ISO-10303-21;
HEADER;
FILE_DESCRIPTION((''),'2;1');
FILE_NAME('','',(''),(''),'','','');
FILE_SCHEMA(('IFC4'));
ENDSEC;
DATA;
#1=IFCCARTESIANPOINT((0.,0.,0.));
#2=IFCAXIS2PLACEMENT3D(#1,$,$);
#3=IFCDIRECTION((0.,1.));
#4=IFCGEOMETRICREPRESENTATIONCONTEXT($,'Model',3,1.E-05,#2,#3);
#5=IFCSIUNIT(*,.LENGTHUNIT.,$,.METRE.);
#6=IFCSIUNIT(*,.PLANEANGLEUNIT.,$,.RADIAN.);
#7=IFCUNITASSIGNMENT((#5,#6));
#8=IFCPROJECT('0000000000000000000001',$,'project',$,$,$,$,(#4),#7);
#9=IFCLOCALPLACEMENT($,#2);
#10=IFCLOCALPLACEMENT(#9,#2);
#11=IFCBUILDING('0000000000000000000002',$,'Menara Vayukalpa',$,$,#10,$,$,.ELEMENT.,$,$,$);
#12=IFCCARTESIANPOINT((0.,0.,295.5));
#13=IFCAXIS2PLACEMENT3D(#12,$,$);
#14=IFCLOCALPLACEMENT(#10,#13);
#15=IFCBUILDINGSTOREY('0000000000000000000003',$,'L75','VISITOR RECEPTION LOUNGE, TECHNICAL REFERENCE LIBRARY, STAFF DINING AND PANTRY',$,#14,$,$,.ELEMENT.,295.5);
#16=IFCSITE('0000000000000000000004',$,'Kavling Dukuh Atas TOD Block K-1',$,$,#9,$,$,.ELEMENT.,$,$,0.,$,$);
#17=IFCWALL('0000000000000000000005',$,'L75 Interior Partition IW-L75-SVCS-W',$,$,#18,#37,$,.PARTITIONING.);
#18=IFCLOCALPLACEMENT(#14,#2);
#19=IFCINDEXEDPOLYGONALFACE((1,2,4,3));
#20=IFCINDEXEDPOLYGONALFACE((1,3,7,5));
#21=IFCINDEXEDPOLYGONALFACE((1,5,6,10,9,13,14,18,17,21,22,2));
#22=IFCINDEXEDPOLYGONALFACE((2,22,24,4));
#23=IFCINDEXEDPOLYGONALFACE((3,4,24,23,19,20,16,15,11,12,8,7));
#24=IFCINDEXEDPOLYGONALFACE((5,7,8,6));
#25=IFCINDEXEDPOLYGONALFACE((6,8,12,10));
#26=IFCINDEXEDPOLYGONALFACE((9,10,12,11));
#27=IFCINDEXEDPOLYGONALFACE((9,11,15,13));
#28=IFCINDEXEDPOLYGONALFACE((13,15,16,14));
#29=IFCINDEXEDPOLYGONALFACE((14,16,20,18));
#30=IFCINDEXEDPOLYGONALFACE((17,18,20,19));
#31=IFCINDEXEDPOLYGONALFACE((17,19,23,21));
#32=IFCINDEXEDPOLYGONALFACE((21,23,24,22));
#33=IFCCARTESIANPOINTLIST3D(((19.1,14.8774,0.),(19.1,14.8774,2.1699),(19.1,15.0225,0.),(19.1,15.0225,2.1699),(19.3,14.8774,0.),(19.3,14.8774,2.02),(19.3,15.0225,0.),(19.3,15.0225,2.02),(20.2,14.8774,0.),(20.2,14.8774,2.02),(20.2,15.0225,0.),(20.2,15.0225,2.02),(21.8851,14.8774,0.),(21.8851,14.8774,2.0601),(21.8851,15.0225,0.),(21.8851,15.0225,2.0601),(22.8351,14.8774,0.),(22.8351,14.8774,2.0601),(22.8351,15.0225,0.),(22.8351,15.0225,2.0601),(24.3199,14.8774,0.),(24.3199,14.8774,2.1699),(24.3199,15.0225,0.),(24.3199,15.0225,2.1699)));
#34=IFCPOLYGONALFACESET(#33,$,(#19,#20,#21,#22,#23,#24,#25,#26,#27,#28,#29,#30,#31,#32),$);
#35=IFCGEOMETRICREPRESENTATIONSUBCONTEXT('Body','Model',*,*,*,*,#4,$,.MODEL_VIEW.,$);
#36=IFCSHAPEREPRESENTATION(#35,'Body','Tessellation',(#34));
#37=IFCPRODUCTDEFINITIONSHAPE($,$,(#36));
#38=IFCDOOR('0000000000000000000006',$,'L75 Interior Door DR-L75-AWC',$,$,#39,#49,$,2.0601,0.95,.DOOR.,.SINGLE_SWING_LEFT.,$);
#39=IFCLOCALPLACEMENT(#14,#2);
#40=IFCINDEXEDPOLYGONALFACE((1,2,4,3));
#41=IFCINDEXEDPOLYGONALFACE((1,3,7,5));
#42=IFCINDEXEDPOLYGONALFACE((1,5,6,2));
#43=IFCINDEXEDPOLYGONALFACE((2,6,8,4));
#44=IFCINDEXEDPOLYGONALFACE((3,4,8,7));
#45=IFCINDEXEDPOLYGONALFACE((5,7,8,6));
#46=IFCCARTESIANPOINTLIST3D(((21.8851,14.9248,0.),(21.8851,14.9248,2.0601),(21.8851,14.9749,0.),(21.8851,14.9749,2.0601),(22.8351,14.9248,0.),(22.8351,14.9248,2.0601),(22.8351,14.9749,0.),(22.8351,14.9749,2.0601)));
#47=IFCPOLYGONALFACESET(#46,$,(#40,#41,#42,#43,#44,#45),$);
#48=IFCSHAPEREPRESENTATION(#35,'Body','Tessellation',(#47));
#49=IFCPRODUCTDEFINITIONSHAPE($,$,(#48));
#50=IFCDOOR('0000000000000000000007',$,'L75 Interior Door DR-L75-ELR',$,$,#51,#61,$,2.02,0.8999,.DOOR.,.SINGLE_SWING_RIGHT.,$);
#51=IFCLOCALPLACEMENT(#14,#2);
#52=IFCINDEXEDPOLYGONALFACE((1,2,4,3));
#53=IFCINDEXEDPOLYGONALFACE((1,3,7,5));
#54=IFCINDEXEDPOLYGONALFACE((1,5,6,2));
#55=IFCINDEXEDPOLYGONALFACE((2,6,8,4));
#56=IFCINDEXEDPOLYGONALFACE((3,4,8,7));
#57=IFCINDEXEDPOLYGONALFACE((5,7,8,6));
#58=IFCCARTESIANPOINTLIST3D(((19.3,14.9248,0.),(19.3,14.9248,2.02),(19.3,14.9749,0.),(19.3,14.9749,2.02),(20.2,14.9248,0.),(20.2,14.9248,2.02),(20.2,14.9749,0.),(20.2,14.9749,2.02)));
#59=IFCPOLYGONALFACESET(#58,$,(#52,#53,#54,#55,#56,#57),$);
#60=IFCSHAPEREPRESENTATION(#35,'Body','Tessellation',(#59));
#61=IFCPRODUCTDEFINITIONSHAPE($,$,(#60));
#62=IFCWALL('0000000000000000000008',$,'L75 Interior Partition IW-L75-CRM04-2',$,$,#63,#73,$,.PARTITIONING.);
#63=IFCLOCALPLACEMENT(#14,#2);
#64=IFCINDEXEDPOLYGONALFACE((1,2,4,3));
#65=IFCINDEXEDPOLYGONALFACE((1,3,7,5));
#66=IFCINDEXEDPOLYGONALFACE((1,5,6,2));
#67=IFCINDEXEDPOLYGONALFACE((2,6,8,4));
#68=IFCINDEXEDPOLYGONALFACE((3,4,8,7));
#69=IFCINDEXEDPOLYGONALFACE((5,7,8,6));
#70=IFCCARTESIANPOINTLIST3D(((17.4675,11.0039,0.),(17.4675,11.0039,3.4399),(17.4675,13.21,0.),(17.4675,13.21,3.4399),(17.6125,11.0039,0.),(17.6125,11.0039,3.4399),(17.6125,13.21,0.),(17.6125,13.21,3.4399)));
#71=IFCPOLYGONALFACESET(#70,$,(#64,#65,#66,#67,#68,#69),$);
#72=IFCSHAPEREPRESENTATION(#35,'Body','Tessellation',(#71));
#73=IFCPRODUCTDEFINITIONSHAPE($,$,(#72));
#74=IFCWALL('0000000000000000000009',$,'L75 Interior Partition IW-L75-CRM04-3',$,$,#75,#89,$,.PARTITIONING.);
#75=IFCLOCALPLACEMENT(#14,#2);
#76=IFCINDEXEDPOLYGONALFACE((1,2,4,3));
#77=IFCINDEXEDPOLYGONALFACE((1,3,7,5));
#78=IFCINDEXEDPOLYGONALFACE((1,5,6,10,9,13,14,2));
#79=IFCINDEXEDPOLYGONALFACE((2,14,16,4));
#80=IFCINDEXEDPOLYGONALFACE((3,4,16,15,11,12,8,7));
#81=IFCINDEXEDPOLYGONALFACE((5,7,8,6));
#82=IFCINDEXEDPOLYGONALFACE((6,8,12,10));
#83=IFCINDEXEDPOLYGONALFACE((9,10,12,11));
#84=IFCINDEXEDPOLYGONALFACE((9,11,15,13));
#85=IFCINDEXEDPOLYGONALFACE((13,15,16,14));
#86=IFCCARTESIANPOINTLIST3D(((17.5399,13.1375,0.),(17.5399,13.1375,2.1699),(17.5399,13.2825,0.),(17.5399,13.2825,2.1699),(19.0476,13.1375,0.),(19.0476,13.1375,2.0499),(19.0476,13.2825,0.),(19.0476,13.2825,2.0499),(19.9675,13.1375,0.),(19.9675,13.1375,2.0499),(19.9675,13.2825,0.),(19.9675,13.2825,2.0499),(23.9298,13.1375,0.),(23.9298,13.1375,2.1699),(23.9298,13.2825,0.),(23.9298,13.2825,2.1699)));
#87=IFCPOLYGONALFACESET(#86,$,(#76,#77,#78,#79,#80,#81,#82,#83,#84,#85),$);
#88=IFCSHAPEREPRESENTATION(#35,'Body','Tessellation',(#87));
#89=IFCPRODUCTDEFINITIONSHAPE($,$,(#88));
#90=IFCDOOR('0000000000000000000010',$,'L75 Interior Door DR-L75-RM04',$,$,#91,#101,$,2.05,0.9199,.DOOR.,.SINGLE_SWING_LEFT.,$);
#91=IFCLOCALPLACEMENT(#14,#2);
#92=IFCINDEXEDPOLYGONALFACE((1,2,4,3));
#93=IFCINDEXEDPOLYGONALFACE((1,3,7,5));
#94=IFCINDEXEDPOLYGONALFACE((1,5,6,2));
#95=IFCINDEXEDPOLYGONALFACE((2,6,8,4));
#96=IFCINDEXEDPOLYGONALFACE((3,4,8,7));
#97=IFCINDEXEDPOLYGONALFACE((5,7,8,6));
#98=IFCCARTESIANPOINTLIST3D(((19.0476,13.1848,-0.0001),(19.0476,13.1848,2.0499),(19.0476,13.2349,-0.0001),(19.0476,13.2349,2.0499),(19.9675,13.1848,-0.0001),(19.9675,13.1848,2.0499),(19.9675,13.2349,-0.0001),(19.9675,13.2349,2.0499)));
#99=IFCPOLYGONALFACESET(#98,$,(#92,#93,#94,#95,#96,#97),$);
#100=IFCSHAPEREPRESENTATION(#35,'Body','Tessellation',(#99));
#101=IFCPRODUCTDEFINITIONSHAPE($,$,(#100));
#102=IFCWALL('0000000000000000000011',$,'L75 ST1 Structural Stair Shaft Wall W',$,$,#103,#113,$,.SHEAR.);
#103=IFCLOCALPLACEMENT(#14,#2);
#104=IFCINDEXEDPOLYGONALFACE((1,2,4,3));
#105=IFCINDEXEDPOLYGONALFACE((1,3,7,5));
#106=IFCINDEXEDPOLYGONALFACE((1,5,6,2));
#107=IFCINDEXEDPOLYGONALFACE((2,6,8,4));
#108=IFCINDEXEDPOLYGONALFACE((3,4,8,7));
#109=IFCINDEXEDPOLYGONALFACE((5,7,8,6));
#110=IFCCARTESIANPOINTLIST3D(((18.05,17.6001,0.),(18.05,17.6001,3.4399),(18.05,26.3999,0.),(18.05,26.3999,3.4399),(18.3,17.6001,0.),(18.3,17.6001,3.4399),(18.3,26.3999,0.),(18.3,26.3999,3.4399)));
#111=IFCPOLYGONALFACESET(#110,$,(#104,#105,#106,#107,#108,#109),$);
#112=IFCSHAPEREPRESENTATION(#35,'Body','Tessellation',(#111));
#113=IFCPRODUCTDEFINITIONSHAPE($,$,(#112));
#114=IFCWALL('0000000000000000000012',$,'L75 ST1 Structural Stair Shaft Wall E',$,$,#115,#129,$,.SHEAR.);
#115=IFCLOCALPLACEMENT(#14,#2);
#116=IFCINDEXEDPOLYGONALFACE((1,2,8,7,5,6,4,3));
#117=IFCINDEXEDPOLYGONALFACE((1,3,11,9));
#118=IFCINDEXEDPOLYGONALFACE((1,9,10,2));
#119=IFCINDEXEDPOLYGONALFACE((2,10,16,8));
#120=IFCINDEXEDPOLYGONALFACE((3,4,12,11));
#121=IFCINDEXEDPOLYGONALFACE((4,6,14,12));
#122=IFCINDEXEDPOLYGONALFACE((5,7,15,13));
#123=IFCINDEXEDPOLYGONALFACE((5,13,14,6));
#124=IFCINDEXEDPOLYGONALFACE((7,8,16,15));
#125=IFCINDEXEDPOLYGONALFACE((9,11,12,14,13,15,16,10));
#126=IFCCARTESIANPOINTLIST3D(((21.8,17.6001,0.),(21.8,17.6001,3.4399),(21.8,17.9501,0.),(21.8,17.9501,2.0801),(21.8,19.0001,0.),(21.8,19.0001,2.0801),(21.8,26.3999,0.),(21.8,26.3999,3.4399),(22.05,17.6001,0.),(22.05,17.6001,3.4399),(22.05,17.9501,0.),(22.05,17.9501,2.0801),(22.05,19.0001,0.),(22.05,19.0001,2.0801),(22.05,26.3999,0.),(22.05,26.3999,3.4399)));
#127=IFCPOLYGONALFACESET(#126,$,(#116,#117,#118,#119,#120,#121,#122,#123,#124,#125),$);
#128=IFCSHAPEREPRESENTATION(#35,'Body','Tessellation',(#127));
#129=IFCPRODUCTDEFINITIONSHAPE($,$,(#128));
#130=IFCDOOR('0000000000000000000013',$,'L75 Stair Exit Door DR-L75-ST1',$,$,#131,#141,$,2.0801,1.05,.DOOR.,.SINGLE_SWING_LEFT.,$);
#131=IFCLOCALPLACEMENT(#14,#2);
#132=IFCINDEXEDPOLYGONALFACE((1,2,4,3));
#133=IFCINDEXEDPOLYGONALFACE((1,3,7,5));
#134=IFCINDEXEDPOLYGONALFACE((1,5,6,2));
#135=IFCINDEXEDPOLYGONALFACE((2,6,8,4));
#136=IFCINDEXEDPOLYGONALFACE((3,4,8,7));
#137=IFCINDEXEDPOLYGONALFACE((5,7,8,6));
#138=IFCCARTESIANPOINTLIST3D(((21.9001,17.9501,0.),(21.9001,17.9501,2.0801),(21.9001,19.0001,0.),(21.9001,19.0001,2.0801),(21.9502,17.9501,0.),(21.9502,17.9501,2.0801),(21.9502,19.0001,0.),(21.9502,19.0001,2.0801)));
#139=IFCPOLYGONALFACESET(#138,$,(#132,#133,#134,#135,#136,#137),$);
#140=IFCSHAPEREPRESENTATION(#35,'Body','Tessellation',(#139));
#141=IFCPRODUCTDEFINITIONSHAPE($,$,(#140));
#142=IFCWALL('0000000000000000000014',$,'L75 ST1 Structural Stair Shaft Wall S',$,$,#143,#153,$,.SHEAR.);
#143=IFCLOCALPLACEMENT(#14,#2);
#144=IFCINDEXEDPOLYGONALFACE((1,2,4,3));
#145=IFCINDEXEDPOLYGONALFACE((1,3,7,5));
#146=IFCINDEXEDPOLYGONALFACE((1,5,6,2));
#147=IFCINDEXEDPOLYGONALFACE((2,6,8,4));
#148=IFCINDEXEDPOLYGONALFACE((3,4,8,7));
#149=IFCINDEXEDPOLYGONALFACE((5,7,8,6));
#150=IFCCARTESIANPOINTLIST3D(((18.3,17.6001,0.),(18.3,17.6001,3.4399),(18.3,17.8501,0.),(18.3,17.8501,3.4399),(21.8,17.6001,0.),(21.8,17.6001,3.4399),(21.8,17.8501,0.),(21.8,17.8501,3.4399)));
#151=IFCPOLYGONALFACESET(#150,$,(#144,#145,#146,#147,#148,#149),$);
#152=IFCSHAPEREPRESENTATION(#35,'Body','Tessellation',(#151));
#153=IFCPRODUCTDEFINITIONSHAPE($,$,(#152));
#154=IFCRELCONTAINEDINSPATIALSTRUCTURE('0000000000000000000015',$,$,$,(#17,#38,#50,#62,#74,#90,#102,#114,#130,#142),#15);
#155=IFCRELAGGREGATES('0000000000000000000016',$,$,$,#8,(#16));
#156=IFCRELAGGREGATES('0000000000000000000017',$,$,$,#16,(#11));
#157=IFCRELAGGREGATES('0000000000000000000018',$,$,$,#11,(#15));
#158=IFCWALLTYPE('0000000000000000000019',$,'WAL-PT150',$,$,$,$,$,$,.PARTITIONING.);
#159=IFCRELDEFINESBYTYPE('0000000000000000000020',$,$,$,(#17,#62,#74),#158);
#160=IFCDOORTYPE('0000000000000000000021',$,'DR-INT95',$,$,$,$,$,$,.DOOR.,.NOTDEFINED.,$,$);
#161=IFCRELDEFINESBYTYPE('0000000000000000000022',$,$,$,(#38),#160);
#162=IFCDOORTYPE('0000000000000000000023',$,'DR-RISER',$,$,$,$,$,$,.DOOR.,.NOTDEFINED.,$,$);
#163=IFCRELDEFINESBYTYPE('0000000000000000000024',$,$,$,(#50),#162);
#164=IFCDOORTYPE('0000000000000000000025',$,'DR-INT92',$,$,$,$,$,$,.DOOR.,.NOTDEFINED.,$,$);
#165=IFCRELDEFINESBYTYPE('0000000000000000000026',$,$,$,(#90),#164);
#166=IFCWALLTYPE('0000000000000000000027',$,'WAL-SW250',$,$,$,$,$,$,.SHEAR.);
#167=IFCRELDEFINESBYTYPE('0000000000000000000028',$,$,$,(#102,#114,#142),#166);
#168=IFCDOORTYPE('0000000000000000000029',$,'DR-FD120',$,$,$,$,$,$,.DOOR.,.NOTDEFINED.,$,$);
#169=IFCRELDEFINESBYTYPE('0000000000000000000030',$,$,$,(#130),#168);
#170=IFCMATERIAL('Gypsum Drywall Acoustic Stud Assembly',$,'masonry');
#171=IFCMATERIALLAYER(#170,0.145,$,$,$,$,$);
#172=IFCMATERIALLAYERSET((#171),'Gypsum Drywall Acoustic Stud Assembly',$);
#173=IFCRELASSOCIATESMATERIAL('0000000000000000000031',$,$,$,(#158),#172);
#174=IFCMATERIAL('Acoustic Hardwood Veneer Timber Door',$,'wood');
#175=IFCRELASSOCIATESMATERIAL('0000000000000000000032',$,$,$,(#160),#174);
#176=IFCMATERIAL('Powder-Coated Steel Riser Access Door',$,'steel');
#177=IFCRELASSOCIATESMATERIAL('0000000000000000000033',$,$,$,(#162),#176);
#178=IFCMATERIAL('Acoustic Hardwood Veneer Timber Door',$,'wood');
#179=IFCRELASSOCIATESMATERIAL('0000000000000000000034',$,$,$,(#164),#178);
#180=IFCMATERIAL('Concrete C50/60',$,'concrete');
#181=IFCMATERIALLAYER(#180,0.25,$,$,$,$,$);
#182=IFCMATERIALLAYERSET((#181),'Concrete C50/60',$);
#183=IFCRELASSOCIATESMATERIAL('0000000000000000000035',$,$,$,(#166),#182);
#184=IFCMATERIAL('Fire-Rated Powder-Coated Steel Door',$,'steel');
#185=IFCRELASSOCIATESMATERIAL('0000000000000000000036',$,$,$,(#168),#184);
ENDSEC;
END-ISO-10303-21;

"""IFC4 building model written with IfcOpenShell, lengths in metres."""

from ifc_helpers import new_model, si_unit, direction, frame, frame_2d, origin, place, context, subcontext, project, spatial, rectangle, extrude, material, layer, layer_set, type_object, element, fill, save


model = new_model("IFC4")

# Units and contexts
model_context = context("Model", 3, precision=1e-05, world=origin(), true_north=direction((0.0, 1.0)))
body_context = subcontext(model_context, "Body", "Model", "MODEL_VIEW")
ifc_project = project(units=[si_unit("LENGTHUNIT", "METRE"), si_unit("PLANEANGLEUNIT", "RADIAN")], contexts=[model_context])

# Site, building, storey
site_placement = place(None, origin())
site = spatial("IfcSite", under=ifc_project, at=site_placement, Name="Kavling Dukuh Atas TOD Block K-1", CompositionType="ELEMENT", RefElevation=0.0)
building_placement = place(site_placement, origin())
building = spatial("IfcBuilding", under=site, at=building_placement, Name="Menara Vayukalpa", CompositionType="ELEMENT")
storey_placement = place(building_placement, frame((0.0, 0.0, 295.5)))
storey = spatial("IfcBuildingStorey", under=building, at=storey_placement, Name="L75", Description="VISITOR RECEPTION LOUNGE, TECHNICAL REFERENCE LIBRARY, STAFF DINING AND PANTRY", CompositionType="ELEMENT", Elevation=295.5)

# Wall, openings, doors
ifc_material_1 = material(Name="Gypsum Drywall Acoustic Stud Assembly", Category="masonry")
ifc_layer_1 = layer(ifc_material_1, 0.145)
ifc_layer_set_1 = layer_set([ifc_layer_1], Name="Gypsum Drywall Acoustic Stud Assembly")
wall_type_1 = type_object("IfcWallType", Name="WAL-PT150", PredefinedType="PARTITIONING", material=ifc_layer_set_1)
wall_1_placement = place(storey_placement, frame((19.1001, 14.95, 0.0), z_axis=(0.0, 0.0, 1.0), x_axis=(1.0, 0.0, 0.0)))
wall_1 = element("IfcWall", 1, at=wall_1_placement, inside=storey, type_object=wall_type_1, Name="L75 Interior Partition IW-L75-SVCS-W", PredefinedType="PARTITIONING", context=body_context, shape_type="SweptSolid", body=[
    extrude(rectangle(XDim=5.22, YDim=0.145, at=frame_2d((2.6099, 0.0))), origin(), (0.0, 0.0, 1.0), 2.1699),
])
opening_1_placement = place(wall_1_placement, frame((0.2, 0.0, 0.0)))
opening_1 = element("IfcOpeningElement", 2, at=opening_1_placement, cuts=wall_1, PredefinedType="OPENING", context=body_context, shape_type="SweptSolid", body=[
    extrude(rectangle(XDim=0.8999, YDim=2.02, at=frame_2d((0.45, 1.01))), frame((0.0, 0.0825, 0.0), z_axis=(0.0, -1.0, 0.0), x_axis=(1.0, 0.0, 0.0)), (0.0, 0.0, 1.0), 0.165),
])
opening_2_placement = place(wall_1_placement, frame((2.7849, 0.0, 0.0)))
opening_2 = element("IfcOpeningElement", 3, at=opening_2_placement, cuts=wall_1, PredefinedType="OPENING", context=body_context, shape_type="SweptSolid", body=[
    extrude(rectangle(XDim=0.95, YDim=2.0601, at=frame_2d((0.4751, 1.03))), frame((0.0, 0.0825, 0.0), z_axis=(0.0, -1.0, 0.0), x_axis=(1.0, 0.0, 0.0)), (0.0, 0.0, 1.0), 0.165),
])
ifc_material_2 = material(Name="Acoustic Hardwood Veneer Timber Door", Category="wood")
door_type_1 = type_object("IfcDoorType", Name="DR-INT95", OperationType="NOTDEFINED", PredefinedType="DOOR", material=ifc_material_2)
door_1_placement = place(opening_2_placement, origin())
door_1 = element("IfcDoor", 4, at=door_1_placement, inside=storey, type_object=door_type_1, Name="L75 Interior Door DR-L75-AWC", OperationType="SINGLE_SWING_LEFT", OverallHeight=2.0601, OverallWidth=0.95, PredefinedType="DOOR", context=body_context, shape_type="SweptSolid", body=[
    extrude(rectangle(XDim=0.95, YDim=2.0601, at=frame_2d((0.4751, 1.03))), frame((0.0, 0.0249, 0.0), z_axis=(0.0, -1.0, 0.0), x_axis=(1.0, 0.0, 0.0)), (0.0, 0.0, 1.0), 0.05),
])
fill(opening_2, door_1)
ifc_material_3 = material(Name="Powder-Coated Steel Riser Access Door", Category="steel")
door_type_2 = type_object("IfcDoorType", Name="DR-RISER", OperationType="NOTDEFINED", PredefinedType="DOOR", material=ifc_material_3)
door_2_placement = place(opening_1_placement, origin())
door_2 = element("IfcDoor", 5, at=door_2_placement, inside=storey, type_object=door_type_2, Name="L75 Interior Door DR-L75-ELR", OperationType="SINGLE_SWING_RIGHT", OverallHeight=2.02, OverallWidth=0.8999, PredefinedType="DOOR", context=body_context, shape_type="SweptSolid", body=[
    extrude(rectangle(XDim=0.8999, YDim=2.02, at=frame_2d((0.45, 1.01))), frame((0.0, 0.0249, 0.0), z_axis=(0.0, -1.0, 0.0), x_axis=(1.0, 0.0, 0.0)), (0.0, 0.0, 1.0), 0.05),
])
fill(opening_1, door_2)

# Wall
wall_2_placement = place(storey_placement, frame((17.54, 11.0039, 0.0), z_axis=(0.0, 0.0, 1.0), x_axis=(0.0, 1.0, 0.0)))
element("IfcWall", 6, at=wall_2_placement, inside=storey, type_object=wall_type_1, Name="L75 Interior Partition IW-L75-CRM04-2", PredefinedType="PARTITIONING", context=body_context, shape_type="SweptSolid", body=[
    extrude(rectangle(XDim=2.2061, YDim=0.145, at=frame_2d((1.103, 0.0))), origin(), (0.0, 0.0, 1.0), 3.4399),
])

# Wall, opening, door
wall_3_placement = place(storey_placement, frame((17.54, 13.21, 0.0), z_axis=(0.0, 0.0, 1.0), x_axis=(1.0, 0.0, 0.0)))
wall_3 = element("IfcWall", 7, at=wall_3_placement, inside=storey, type_object=wall_type_1, Name="L75 Interior Partition IW-L75-CRM04-3", PredefinedType="PARTITIONING", context=body_context, shape_type="SweptSolid", body=[
    extrude(rectangle(XDim=6.3899, YDim=0.145, at=frame_2d((3.1948, 0.0))), origin(), (0.0, 0.0, 1.0), 2.1699),
])
opening_3_placement = place(wall_3_placement, frame((1.5076, 0.0, 0.0)))
opening_3 = element("IfcOpeningElement", 8, at=opening_3_placement, cuts=wall_3, PredefinedType="OPENING", context=body_context, shape_type="SweptSolid", body=[
    extrude(rectangle(XDim=0.9199, YDim=2.05, at=frame_2d((0.46, 1.0249))), frame((0.0, 0.0825, 0.0), z_axis=(0.0, -1.0, 0.0), x_axis=(1.0, 0.0, 0.0)), (0.0, 0.0, 1.0), 0.165),
])
ifc_material_4 = material(Name="Acoustic Hardwood Veneer Timber Door", Category="wood")
door_type_3 = type_object("IfcDoorType", Name="DR-INT92", OperationType="NOTDEFINED", PredefinedType="DOOR", material=ifc_material_4)
door_3_placement = place(opening_3_placement, origin())
door_3 = element("IfcDoor", 9, at=door_3_placement, inside=storey, type_object=door_type_3, Name="L75 Interior Door DR-L75-RM04", OperationType="SINGLE_SWING_LEFT", OverallHeight=2.05, OverallWidth=0.9199, PredefinedType="DOOR", context=body_context, shape_type="SweptSolid", body=[
    extrude(rectangle(XDim=0.9199, YDim=2.05, at=frame_2d((0.46, 1.0249))), frame((0.0, 0.0249, 0.0), z_axis=(0.0, -1.0, 0.0), x_axis=(1.0, 0.0, 0.0)), (0.0, 0.0, 1.0), 0.05),
])
fill(opening_3, door_3)

# Wall
ifc_material_5 = material(Name="Concrete C50/60", Category="concrete")
ifc_layer_2 = layer(ifc_material_5, 0.25)
ifc_layer_set_2 = layer_set([ifc_layer_2], Name="Concrete C50/60")
wall_type_2 = type_object("IfcWallType", Name="WAL-SW250", PredefinedType="SHEAR", material=ifc_layer_set_2)
wall_4_placement = place(storey_placement, frame((18.175, 17.6001, 0.0), z_axis=(0.0, 0.0, 1.0), x_axis=(0.0, 1.0, 0.0)))
element("IfcWall", 10, at=wall_4_placement, inside=storey, type_object=wall_type_2, Name="L75 ST1 Structural Stair Shaft Wall W", PredefinedType="SHEAR", context=body_context, shape_type="SweptSolid", body=[
    extrude(rectangle(XDim=8.7998, YDim=0.25, at=frame_2d((4.3999, 0.0))), origin(), (0.0, 0.0, 1.0), 3.4399),
])

# Wall, opening, door
wall_5_placement = place(storey_placement, frame((21.925, 17.6001, 0.0), z_axis=(0.0, 0.0, 1.0), x_axis=(0.0, 1.0, 0.0)))
wall_5 = element("IfcWall", 11, at=wall_5_placement, inside=storey, type_object=wall_type_2, Name="L75 ST1 Structural Stair Shaft Wall E", PredefinedType="SHEAR", context=body_context, shape_type="SweptSolid", body=[
    extrude(rectangle(XDim=8.7998, YDim=0.25, at=frame_2d((4.3999, 0.0))), origin(), (0.0, 0.0, 1.0), 3.4399),
])
opening_4_placement = place(wall_5_placement, frame((0.3501, 0.0, 0.0)))
opening_4 = element("IfcOpeningElement", 12, at=opening_4_placement, cuts=wall_5, PredefinedType="OPENING", context=body_context, shape_type="SweptSolid", body=[
    extrude(rectangle(XDim=1.05, YDim=2.0801, at=frame_2d((0.5249, 1.04))), frame((0.0, 0.135, 0.0), z_axis=(0.0, -1.0, 0.0), x_axis=(1.0, 0.0, 0.0)), (0.0, 0.0, 1.0), 0.27),
])
ifc_material_6 = material(Name="Fire-Rated Powder-Coated Steel Door", Category="steel")
door_type_4 = type_object("IfcDoorType", Name="DR-FD120", OperationType="NOTDEFINED", PredefinedType="DOOR", material=ifc_material_6)
door_4_placement = place(opening_4_placement, origin())
door_4 = element("IfcDoor", 13, at=door_4_placement, inside=storey, type_object=door_type_4, Name="L75 Stair Exit Door DR-L75-ST1", OperationType="SINGLE_SWING_LEFT", OverallHeight=2.0801, OverallWidth=1.05, PredefinedType="DOOR", context=body_context, shape_type="SweptSolid", body=[
    extrude(rectangle(XDim=1.05, YDim=2.0801, at=frame_2d((0.5249, 1.04))), frame((0.0, 0.0249, 0.0), z_axis=(0.0, -1.0, 0.0), x_axis=(1.0, 0.0, 0.0)), (0.0, 0.0, 1.0), 0.05),
])
fill(opening_4, door_4)

# Wall
wall_6_placement = place(storey_placement, frame((18.3, 17.7251, 0.0), z_axis=(0.0, 0.0, 1.0), x_axis=(1.0, 0.0, 0.0)))
element("IfcWall", 14, at=wall_6_placement, inside=storey, type_object=wall_type_2, Name="L75 ST1 Structural Stair Shaft Wall S", PredefinedType="SHEAR", context=body_context, shape_type="SweptSolid", body=[
    extrude(rectangle(XDim=3.5, YDim=0.25, at=frame_2d((1.75, 0.0))), origin(), (0.0, 0.0, 1.0), 3.4399),
])

save(model, "model.ifc")
